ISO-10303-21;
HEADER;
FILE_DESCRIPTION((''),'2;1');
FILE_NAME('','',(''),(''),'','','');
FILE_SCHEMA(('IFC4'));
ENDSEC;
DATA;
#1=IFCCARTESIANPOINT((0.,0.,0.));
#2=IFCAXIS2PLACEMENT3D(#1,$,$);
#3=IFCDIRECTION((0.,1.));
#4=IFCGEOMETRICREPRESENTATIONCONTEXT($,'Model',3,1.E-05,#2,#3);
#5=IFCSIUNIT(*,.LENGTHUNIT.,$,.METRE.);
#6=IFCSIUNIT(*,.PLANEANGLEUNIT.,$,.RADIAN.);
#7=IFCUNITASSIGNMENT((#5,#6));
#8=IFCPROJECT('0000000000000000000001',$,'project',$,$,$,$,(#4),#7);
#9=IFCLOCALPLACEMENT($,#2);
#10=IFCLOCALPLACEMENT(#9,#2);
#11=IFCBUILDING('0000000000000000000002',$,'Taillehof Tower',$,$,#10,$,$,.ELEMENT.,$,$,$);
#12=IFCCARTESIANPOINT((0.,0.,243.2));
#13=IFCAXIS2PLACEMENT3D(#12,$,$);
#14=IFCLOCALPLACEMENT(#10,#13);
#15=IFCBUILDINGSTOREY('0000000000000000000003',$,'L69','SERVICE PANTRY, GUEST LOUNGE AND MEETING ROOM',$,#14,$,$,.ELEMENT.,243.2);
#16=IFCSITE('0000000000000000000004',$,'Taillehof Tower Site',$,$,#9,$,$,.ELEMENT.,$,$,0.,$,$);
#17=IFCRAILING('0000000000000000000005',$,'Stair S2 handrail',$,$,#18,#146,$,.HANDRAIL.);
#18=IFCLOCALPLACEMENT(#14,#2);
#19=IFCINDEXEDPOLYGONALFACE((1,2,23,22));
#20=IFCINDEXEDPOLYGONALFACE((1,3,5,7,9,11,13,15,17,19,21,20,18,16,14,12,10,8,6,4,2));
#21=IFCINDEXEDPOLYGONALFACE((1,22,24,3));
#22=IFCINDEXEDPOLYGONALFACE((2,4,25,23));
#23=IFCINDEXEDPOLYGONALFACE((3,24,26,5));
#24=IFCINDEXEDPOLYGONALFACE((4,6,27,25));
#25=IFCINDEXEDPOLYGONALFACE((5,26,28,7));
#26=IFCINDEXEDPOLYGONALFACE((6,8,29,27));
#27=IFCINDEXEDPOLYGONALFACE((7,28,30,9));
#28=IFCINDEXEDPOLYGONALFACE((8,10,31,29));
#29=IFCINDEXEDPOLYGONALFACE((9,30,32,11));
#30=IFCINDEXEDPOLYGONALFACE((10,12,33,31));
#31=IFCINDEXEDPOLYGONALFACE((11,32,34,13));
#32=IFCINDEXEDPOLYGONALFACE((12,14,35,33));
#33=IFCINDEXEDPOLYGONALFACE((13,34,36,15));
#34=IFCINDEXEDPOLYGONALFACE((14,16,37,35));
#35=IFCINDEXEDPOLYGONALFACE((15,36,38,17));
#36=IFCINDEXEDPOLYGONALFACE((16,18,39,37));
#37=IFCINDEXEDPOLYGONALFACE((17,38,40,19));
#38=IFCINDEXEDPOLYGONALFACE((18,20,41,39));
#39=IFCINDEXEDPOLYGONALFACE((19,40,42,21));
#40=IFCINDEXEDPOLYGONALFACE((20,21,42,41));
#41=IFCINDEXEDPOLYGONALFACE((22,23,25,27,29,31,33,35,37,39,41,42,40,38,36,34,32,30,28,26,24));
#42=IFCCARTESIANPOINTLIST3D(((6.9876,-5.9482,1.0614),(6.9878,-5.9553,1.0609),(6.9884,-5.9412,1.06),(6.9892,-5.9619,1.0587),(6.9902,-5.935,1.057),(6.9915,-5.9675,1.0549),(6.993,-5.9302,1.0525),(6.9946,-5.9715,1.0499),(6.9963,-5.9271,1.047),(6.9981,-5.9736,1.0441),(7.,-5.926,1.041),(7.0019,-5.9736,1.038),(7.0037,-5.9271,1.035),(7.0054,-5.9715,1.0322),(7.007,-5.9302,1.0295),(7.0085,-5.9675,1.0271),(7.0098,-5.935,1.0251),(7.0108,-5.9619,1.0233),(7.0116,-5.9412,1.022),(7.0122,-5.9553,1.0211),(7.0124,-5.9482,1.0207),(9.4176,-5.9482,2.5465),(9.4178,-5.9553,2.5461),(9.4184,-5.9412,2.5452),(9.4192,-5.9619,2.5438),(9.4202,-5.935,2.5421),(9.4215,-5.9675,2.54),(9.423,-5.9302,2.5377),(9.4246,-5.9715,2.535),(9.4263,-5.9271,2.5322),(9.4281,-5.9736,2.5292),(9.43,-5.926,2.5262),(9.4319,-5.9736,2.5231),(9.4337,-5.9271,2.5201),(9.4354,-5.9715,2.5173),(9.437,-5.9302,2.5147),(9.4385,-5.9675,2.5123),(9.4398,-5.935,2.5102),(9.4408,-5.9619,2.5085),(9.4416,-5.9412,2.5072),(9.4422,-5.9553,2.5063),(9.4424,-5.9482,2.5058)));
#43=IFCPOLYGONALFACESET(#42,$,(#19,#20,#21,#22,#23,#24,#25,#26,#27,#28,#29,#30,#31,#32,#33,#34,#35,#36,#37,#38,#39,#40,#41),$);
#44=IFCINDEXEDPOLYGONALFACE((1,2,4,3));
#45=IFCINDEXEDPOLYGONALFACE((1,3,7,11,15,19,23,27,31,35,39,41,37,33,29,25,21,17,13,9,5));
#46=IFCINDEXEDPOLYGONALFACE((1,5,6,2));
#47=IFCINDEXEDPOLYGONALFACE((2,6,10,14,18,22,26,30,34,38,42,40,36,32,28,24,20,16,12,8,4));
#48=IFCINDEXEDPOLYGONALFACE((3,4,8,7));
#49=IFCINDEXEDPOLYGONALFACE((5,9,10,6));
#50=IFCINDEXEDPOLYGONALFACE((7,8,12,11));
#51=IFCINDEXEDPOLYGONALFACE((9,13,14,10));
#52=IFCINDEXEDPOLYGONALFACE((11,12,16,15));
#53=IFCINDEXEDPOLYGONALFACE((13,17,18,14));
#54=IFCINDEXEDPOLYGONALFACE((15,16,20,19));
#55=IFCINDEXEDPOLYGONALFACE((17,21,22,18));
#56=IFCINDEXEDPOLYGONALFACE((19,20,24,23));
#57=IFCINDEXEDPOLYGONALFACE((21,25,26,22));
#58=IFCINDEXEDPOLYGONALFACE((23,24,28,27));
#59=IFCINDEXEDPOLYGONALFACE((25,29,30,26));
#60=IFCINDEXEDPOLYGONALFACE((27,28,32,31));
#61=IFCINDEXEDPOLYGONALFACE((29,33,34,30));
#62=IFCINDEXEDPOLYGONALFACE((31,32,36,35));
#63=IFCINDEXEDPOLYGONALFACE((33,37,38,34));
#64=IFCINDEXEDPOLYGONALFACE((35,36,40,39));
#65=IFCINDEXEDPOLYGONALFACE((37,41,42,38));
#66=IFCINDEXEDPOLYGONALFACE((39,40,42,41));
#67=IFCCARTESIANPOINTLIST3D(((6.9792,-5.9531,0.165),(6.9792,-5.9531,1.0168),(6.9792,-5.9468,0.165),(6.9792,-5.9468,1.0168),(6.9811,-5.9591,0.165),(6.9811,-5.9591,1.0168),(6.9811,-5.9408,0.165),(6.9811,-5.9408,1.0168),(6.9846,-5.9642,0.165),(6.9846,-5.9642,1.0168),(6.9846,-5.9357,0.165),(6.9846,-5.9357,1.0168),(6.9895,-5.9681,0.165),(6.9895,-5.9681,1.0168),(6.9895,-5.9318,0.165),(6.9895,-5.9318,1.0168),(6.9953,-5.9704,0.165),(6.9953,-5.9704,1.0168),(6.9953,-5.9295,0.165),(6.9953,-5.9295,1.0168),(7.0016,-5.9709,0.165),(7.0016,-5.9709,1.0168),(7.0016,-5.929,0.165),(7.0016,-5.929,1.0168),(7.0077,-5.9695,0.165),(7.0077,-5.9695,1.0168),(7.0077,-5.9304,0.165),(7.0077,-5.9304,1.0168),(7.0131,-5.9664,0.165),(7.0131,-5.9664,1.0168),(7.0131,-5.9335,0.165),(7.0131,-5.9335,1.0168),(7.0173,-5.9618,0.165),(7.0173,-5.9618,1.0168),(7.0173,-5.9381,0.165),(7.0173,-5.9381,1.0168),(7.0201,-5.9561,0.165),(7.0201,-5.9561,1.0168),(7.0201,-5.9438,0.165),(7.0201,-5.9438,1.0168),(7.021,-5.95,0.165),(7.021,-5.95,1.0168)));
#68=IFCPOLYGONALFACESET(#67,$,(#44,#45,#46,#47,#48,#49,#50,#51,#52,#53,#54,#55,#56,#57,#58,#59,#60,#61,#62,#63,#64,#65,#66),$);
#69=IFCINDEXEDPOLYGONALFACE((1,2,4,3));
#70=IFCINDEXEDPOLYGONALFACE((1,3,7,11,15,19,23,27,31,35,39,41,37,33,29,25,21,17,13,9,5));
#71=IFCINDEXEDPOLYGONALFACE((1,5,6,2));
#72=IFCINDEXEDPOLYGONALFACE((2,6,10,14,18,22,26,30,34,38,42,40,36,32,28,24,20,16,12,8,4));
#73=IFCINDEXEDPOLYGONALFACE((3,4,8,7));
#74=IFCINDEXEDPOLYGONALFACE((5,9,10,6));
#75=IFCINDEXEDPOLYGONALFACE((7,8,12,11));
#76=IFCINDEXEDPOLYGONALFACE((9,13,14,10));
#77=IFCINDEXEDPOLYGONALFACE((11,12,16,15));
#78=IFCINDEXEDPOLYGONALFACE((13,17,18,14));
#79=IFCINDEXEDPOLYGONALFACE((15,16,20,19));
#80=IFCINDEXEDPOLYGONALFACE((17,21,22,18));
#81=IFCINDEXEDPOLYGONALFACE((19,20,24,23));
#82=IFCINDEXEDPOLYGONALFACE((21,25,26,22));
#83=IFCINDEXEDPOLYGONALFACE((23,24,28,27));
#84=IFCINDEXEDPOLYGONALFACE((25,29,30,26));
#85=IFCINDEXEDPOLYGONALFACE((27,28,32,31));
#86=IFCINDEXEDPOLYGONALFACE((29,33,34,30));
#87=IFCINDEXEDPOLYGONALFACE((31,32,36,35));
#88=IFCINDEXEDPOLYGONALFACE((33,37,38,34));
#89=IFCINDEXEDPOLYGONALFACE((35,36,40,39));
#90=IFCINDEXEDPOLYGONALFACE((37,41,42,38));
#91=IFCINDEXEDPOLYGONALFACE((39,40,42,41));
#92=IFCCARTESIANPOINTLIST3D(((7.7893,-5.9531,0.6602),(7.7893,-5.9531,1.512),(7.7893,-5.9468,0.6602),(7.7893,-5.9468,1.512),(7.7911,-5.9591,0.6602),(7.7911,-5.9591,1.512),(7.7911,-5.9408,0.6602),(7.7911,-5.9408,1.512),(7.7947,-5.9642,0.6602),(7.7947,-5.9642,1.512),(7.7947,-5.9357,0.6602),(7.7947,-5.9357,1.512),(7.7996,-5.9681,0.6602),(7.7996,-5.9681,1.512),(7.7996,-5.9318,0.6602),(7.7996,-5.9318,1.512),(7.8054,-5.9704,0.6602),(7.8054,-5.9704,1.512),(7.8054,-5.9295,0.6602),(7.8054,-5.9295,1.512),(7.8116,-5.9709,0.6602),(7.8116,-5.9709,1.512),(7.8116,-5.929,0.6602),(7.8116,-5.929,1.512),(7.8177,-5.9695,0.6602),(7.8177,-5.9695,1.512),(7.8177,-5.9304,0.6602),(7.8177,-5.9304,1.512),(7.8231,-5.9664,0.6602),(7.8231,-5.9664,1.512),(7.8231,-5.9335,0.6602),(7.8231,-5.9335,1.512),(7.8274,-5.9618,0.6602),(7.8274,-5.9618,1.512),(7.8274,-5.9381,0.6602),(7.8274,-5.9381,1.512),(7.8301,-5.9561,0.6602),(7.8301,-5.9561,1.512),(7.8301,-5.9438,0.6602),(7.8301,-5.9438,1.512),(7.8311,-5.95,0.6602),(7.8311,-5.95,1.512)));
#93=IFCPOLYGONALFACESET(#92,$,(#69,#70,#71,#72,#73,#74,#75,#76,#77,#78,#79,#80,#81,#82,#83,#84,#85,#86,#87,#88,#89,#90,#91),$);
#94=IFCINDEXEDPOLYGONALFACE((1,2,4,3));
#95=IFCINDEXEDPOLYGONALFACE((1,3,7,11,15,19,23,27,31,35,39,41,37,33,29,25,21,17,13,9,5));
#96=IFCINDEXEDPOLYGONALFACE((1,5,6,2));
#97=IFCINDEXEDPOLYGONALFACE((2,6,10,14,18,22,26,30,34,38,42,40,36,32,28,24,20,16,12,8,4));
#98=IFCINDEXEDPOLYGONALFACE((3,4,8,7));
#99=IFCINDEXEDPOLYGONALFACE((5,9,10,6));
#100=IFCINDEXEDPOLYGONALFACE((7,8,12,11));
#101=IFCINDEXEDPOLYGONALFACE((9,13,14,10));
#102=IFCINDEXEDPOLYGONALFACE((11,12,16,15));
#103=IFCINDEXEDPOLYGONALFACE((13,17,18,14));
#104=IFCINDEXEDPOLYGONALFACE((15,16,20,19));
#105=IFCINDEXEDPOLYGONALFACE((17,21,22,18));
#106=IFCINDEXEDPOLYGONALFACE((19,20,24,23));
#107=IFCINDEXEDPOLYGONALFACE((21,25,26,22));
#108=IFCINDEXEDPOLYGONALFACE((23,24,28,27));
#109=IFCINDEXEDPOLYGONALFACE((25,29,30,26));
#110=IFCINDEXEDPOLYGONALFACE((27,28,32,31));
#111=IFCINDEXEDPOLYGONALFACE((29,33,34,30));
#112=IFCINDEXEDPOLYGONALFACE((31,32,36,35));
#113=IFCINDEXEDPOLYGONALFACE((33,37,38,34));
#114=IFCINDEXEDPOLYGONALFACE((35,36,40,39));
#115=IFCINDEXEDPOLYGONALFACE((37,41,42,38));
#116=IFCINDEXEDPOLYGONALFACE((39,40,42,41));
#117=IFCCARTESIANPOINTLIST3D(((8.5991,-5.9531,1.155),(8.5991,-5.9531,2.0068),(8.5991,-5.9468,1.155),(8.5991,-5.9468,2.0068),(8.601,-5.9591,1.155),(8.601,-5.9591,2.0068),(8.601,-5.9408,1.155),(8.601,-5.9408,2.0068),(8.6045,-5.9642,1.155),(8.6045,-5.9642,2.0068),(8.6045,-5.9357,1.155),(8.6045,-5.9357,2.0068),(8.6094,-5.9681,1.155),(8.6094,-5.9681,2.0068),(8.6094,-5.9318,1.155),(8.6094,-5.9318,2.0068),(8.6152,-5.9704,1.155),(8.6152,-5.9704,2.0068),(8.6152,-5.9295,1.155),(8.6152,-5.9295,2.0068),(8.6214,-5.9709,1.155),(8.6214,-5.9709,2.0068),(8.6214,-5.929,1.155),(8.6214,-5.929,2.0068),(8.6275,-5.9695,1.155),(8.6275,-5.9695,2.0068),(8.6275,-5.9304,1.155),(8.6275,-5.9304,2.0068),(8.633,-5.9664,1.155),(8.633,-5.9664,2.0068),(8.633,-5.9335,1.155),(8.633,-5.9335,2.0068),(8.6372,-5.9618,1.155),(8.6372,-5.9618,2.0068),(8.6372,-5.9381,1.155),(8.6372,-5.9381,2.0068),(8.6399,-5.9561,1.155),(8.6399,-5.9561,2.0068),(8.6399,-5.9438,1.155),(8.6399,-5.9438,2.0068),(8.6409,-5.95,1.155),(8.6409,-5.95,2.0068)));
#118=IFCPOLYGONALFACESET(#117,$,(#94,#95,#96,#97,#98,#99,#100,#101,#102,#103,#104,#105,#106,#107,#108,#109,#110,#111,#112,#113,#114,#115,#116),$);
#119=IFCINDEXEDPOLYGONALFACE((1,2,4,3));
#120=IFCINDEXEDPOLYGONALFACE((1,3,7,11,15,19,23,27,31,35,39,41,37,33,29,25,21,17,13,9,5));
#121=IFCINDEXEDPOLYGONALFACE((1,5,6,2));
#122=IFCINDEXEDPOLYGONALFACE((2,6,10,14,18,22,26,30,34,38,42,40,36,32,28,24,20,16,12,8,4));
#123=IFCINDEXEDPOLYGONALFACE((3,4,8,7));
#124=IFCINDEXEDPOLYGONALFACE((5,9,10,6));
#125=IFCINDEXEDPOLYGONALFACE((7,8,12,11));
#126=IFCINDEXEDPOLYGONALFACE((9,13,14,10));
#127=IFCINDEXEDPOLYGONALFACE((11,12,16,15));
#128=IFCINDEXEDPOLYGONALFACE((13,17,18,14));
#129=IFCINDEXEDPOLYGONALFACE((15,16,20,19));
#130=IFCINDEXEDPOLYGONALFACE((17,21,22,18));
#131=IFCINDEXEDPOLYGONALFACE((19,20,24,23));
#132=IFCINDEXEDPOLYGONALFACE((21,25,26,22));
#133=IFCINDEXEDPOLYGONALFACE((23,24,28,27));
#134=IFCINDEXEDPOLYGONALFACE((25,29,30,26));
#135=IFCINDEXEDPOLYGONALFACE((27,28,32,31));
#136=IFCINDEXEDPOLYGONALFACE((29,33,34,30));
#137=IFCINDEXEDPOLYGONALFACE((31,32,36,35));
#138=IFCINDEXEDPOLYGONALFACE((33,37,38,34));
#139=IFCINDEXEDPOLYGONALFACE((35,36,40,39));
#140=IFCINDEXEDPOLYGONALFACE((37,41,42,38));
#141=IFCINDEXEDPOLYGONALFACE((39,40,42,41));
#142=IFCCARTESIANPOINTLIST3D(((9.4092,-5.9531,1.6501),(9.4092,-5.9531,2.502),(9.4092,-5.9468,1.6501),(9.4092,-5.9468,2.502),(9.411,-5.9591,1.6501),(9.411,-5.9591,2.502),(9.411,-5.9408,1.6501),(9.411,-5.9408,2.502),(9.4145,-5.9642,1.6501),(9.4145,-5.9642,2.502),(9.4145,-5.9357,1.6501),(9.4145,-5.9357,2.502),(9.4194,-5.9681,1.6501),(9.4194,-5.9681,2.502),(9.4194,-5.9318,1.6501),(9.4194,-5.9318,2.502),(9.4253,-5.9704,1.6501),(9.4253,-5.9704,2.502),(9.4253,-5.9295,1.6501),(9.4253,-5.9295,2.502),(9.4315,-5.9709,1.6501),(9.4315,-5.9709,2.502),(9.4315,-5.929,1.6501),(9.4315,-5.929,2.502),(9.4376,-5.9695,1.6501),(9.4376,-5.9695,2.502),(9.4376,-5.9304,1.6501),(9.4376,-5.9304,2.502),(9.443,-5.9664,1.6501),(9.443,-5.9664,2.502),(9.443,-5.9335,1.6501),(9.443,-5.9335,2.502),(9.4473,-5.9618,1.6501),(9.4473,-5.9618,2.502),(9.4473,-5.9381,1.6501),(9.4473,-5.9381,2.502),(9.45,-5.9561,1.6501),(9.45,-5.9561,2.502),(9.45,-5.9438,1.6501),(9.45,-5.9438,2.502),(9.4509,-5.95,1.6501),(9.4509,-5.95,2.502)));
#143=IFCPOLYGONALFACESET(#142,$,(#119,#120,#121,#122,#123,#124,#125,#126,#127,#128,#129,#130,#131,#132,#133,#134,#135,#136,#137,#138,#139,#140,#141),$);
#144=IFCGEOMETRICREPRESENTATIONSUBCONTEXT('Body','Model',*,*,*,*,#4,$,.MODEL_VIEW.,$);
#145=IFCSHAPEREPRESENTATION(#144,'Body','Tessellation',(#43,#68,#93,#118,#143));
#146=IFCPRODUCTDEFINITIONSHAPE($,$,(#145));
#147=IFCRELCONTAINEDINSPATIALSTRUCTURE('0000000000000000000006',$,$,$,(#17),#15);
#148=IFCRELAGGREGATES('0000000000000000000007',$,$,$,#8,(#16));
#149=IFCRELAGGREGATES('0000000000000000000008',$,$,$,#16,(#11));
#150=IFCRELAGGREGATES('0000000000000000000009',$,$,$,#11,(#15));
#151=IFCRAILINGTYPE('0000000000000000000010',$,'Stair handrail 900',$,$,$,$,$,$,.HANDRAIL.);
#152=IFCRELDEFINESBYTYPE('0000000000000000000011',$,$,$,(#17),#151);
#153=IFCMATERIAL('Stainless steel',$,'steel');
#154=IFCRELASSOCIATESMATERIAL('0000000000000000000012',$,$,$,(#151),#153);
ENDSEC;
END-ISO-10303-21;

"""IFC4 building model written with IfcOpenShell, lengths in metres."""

from ifc_helpers import new_model, si_unit, direction, frame, origin, origin_2d, place, context, subcontext, project, spatial, circle, extrude, material, type_object, element, save


model = new_model("IFC4")

# Units and contexts
model_context = context("Model", 3, precision=1e-05, world=origin(), true_north=direction((0.0, 1.0)))
body_context = subcontext(model_context, "Body", "Model", "MODEL_VIEW")
ifc_project = project(units=[si_unit("LENGTHUNIT", "METRE"), si_unit("PLANEANGLEUNIT", "RADIAN")], contexts=[model_context])

# Site, building, storey
site_placement = place(None, origin())
site = spatial("IfcSite", under=ifc_project, at=site_placement, Name="Taillehof Tower Site", CompositionType="ELEMENT", RefElevation=0.0)
building_placement = place(site_placement, origin())
building = spatial("IfcBuilding", under=site, at=building_placement, Name="Taillehof Tower", CompositionType="ELEMENT")
storey_placement = place(building_placement, frame((0.0, 0.0, 243.2)))
storey = spatial("IfcBuildingStorey", under=building, at=storey_placement, Name="L69", Description="SERVICE PANTRY, GUEST LOUNGE AND MEETING ROOM", CompositionType="ELEMENT", Elevation=243.2)

# Railing
ifc_material_1 = material(Name="Stainless steel", Category="steel")
railing_type = type_object("IfcRailingType", Name="Stair handrail 900", PredefinedType="HANDRAIL", material=ifc_material_1)
railing_placement = place(storey_placement, frame((7.0, -5.95, 0.165)))
element("IfcRailing", 1, at=railing_placement, inside=storey, type_object=railing_type, Name="Stair S2 handrail", PredefinedType="HANDRAIL", context=body_context, shape_type="SweptSolid", body=[
    extrude(circle(Radius=0.0239, at=origin_2d()), frame((0.0, 0.0, 0.876), z_axis=(0.853259, 0.0, 0.521488), x_axis=(0.0, 1.0, 0.0)), (0.0, 0.0, 1.0), 2.8479),
    extrude(circle(Radius=0.021, at=origin_2d()), origin(), (0.0, 0.0, 1.0), 0.8518),
    extrude(circle(Radius=0.021, at=origin_2d()), frame((0.8101, 0.0, 0.4951)), (0.0, 0.0, 1.0), 0.8518),
    extrude(circle(Radius=0.021, at=origin_2d()), frame((1.6199, 0.0, 0.99)), (0.0, 0.0, 1.0), 0.8518),
    extrude(circle(Radius=0.021, at=origin_2d()), frame((2.4299, 0.0, 1.4851)), (0.0, 0.0, 1.0), 0.8518),
])

save(model, "model.ifc")
